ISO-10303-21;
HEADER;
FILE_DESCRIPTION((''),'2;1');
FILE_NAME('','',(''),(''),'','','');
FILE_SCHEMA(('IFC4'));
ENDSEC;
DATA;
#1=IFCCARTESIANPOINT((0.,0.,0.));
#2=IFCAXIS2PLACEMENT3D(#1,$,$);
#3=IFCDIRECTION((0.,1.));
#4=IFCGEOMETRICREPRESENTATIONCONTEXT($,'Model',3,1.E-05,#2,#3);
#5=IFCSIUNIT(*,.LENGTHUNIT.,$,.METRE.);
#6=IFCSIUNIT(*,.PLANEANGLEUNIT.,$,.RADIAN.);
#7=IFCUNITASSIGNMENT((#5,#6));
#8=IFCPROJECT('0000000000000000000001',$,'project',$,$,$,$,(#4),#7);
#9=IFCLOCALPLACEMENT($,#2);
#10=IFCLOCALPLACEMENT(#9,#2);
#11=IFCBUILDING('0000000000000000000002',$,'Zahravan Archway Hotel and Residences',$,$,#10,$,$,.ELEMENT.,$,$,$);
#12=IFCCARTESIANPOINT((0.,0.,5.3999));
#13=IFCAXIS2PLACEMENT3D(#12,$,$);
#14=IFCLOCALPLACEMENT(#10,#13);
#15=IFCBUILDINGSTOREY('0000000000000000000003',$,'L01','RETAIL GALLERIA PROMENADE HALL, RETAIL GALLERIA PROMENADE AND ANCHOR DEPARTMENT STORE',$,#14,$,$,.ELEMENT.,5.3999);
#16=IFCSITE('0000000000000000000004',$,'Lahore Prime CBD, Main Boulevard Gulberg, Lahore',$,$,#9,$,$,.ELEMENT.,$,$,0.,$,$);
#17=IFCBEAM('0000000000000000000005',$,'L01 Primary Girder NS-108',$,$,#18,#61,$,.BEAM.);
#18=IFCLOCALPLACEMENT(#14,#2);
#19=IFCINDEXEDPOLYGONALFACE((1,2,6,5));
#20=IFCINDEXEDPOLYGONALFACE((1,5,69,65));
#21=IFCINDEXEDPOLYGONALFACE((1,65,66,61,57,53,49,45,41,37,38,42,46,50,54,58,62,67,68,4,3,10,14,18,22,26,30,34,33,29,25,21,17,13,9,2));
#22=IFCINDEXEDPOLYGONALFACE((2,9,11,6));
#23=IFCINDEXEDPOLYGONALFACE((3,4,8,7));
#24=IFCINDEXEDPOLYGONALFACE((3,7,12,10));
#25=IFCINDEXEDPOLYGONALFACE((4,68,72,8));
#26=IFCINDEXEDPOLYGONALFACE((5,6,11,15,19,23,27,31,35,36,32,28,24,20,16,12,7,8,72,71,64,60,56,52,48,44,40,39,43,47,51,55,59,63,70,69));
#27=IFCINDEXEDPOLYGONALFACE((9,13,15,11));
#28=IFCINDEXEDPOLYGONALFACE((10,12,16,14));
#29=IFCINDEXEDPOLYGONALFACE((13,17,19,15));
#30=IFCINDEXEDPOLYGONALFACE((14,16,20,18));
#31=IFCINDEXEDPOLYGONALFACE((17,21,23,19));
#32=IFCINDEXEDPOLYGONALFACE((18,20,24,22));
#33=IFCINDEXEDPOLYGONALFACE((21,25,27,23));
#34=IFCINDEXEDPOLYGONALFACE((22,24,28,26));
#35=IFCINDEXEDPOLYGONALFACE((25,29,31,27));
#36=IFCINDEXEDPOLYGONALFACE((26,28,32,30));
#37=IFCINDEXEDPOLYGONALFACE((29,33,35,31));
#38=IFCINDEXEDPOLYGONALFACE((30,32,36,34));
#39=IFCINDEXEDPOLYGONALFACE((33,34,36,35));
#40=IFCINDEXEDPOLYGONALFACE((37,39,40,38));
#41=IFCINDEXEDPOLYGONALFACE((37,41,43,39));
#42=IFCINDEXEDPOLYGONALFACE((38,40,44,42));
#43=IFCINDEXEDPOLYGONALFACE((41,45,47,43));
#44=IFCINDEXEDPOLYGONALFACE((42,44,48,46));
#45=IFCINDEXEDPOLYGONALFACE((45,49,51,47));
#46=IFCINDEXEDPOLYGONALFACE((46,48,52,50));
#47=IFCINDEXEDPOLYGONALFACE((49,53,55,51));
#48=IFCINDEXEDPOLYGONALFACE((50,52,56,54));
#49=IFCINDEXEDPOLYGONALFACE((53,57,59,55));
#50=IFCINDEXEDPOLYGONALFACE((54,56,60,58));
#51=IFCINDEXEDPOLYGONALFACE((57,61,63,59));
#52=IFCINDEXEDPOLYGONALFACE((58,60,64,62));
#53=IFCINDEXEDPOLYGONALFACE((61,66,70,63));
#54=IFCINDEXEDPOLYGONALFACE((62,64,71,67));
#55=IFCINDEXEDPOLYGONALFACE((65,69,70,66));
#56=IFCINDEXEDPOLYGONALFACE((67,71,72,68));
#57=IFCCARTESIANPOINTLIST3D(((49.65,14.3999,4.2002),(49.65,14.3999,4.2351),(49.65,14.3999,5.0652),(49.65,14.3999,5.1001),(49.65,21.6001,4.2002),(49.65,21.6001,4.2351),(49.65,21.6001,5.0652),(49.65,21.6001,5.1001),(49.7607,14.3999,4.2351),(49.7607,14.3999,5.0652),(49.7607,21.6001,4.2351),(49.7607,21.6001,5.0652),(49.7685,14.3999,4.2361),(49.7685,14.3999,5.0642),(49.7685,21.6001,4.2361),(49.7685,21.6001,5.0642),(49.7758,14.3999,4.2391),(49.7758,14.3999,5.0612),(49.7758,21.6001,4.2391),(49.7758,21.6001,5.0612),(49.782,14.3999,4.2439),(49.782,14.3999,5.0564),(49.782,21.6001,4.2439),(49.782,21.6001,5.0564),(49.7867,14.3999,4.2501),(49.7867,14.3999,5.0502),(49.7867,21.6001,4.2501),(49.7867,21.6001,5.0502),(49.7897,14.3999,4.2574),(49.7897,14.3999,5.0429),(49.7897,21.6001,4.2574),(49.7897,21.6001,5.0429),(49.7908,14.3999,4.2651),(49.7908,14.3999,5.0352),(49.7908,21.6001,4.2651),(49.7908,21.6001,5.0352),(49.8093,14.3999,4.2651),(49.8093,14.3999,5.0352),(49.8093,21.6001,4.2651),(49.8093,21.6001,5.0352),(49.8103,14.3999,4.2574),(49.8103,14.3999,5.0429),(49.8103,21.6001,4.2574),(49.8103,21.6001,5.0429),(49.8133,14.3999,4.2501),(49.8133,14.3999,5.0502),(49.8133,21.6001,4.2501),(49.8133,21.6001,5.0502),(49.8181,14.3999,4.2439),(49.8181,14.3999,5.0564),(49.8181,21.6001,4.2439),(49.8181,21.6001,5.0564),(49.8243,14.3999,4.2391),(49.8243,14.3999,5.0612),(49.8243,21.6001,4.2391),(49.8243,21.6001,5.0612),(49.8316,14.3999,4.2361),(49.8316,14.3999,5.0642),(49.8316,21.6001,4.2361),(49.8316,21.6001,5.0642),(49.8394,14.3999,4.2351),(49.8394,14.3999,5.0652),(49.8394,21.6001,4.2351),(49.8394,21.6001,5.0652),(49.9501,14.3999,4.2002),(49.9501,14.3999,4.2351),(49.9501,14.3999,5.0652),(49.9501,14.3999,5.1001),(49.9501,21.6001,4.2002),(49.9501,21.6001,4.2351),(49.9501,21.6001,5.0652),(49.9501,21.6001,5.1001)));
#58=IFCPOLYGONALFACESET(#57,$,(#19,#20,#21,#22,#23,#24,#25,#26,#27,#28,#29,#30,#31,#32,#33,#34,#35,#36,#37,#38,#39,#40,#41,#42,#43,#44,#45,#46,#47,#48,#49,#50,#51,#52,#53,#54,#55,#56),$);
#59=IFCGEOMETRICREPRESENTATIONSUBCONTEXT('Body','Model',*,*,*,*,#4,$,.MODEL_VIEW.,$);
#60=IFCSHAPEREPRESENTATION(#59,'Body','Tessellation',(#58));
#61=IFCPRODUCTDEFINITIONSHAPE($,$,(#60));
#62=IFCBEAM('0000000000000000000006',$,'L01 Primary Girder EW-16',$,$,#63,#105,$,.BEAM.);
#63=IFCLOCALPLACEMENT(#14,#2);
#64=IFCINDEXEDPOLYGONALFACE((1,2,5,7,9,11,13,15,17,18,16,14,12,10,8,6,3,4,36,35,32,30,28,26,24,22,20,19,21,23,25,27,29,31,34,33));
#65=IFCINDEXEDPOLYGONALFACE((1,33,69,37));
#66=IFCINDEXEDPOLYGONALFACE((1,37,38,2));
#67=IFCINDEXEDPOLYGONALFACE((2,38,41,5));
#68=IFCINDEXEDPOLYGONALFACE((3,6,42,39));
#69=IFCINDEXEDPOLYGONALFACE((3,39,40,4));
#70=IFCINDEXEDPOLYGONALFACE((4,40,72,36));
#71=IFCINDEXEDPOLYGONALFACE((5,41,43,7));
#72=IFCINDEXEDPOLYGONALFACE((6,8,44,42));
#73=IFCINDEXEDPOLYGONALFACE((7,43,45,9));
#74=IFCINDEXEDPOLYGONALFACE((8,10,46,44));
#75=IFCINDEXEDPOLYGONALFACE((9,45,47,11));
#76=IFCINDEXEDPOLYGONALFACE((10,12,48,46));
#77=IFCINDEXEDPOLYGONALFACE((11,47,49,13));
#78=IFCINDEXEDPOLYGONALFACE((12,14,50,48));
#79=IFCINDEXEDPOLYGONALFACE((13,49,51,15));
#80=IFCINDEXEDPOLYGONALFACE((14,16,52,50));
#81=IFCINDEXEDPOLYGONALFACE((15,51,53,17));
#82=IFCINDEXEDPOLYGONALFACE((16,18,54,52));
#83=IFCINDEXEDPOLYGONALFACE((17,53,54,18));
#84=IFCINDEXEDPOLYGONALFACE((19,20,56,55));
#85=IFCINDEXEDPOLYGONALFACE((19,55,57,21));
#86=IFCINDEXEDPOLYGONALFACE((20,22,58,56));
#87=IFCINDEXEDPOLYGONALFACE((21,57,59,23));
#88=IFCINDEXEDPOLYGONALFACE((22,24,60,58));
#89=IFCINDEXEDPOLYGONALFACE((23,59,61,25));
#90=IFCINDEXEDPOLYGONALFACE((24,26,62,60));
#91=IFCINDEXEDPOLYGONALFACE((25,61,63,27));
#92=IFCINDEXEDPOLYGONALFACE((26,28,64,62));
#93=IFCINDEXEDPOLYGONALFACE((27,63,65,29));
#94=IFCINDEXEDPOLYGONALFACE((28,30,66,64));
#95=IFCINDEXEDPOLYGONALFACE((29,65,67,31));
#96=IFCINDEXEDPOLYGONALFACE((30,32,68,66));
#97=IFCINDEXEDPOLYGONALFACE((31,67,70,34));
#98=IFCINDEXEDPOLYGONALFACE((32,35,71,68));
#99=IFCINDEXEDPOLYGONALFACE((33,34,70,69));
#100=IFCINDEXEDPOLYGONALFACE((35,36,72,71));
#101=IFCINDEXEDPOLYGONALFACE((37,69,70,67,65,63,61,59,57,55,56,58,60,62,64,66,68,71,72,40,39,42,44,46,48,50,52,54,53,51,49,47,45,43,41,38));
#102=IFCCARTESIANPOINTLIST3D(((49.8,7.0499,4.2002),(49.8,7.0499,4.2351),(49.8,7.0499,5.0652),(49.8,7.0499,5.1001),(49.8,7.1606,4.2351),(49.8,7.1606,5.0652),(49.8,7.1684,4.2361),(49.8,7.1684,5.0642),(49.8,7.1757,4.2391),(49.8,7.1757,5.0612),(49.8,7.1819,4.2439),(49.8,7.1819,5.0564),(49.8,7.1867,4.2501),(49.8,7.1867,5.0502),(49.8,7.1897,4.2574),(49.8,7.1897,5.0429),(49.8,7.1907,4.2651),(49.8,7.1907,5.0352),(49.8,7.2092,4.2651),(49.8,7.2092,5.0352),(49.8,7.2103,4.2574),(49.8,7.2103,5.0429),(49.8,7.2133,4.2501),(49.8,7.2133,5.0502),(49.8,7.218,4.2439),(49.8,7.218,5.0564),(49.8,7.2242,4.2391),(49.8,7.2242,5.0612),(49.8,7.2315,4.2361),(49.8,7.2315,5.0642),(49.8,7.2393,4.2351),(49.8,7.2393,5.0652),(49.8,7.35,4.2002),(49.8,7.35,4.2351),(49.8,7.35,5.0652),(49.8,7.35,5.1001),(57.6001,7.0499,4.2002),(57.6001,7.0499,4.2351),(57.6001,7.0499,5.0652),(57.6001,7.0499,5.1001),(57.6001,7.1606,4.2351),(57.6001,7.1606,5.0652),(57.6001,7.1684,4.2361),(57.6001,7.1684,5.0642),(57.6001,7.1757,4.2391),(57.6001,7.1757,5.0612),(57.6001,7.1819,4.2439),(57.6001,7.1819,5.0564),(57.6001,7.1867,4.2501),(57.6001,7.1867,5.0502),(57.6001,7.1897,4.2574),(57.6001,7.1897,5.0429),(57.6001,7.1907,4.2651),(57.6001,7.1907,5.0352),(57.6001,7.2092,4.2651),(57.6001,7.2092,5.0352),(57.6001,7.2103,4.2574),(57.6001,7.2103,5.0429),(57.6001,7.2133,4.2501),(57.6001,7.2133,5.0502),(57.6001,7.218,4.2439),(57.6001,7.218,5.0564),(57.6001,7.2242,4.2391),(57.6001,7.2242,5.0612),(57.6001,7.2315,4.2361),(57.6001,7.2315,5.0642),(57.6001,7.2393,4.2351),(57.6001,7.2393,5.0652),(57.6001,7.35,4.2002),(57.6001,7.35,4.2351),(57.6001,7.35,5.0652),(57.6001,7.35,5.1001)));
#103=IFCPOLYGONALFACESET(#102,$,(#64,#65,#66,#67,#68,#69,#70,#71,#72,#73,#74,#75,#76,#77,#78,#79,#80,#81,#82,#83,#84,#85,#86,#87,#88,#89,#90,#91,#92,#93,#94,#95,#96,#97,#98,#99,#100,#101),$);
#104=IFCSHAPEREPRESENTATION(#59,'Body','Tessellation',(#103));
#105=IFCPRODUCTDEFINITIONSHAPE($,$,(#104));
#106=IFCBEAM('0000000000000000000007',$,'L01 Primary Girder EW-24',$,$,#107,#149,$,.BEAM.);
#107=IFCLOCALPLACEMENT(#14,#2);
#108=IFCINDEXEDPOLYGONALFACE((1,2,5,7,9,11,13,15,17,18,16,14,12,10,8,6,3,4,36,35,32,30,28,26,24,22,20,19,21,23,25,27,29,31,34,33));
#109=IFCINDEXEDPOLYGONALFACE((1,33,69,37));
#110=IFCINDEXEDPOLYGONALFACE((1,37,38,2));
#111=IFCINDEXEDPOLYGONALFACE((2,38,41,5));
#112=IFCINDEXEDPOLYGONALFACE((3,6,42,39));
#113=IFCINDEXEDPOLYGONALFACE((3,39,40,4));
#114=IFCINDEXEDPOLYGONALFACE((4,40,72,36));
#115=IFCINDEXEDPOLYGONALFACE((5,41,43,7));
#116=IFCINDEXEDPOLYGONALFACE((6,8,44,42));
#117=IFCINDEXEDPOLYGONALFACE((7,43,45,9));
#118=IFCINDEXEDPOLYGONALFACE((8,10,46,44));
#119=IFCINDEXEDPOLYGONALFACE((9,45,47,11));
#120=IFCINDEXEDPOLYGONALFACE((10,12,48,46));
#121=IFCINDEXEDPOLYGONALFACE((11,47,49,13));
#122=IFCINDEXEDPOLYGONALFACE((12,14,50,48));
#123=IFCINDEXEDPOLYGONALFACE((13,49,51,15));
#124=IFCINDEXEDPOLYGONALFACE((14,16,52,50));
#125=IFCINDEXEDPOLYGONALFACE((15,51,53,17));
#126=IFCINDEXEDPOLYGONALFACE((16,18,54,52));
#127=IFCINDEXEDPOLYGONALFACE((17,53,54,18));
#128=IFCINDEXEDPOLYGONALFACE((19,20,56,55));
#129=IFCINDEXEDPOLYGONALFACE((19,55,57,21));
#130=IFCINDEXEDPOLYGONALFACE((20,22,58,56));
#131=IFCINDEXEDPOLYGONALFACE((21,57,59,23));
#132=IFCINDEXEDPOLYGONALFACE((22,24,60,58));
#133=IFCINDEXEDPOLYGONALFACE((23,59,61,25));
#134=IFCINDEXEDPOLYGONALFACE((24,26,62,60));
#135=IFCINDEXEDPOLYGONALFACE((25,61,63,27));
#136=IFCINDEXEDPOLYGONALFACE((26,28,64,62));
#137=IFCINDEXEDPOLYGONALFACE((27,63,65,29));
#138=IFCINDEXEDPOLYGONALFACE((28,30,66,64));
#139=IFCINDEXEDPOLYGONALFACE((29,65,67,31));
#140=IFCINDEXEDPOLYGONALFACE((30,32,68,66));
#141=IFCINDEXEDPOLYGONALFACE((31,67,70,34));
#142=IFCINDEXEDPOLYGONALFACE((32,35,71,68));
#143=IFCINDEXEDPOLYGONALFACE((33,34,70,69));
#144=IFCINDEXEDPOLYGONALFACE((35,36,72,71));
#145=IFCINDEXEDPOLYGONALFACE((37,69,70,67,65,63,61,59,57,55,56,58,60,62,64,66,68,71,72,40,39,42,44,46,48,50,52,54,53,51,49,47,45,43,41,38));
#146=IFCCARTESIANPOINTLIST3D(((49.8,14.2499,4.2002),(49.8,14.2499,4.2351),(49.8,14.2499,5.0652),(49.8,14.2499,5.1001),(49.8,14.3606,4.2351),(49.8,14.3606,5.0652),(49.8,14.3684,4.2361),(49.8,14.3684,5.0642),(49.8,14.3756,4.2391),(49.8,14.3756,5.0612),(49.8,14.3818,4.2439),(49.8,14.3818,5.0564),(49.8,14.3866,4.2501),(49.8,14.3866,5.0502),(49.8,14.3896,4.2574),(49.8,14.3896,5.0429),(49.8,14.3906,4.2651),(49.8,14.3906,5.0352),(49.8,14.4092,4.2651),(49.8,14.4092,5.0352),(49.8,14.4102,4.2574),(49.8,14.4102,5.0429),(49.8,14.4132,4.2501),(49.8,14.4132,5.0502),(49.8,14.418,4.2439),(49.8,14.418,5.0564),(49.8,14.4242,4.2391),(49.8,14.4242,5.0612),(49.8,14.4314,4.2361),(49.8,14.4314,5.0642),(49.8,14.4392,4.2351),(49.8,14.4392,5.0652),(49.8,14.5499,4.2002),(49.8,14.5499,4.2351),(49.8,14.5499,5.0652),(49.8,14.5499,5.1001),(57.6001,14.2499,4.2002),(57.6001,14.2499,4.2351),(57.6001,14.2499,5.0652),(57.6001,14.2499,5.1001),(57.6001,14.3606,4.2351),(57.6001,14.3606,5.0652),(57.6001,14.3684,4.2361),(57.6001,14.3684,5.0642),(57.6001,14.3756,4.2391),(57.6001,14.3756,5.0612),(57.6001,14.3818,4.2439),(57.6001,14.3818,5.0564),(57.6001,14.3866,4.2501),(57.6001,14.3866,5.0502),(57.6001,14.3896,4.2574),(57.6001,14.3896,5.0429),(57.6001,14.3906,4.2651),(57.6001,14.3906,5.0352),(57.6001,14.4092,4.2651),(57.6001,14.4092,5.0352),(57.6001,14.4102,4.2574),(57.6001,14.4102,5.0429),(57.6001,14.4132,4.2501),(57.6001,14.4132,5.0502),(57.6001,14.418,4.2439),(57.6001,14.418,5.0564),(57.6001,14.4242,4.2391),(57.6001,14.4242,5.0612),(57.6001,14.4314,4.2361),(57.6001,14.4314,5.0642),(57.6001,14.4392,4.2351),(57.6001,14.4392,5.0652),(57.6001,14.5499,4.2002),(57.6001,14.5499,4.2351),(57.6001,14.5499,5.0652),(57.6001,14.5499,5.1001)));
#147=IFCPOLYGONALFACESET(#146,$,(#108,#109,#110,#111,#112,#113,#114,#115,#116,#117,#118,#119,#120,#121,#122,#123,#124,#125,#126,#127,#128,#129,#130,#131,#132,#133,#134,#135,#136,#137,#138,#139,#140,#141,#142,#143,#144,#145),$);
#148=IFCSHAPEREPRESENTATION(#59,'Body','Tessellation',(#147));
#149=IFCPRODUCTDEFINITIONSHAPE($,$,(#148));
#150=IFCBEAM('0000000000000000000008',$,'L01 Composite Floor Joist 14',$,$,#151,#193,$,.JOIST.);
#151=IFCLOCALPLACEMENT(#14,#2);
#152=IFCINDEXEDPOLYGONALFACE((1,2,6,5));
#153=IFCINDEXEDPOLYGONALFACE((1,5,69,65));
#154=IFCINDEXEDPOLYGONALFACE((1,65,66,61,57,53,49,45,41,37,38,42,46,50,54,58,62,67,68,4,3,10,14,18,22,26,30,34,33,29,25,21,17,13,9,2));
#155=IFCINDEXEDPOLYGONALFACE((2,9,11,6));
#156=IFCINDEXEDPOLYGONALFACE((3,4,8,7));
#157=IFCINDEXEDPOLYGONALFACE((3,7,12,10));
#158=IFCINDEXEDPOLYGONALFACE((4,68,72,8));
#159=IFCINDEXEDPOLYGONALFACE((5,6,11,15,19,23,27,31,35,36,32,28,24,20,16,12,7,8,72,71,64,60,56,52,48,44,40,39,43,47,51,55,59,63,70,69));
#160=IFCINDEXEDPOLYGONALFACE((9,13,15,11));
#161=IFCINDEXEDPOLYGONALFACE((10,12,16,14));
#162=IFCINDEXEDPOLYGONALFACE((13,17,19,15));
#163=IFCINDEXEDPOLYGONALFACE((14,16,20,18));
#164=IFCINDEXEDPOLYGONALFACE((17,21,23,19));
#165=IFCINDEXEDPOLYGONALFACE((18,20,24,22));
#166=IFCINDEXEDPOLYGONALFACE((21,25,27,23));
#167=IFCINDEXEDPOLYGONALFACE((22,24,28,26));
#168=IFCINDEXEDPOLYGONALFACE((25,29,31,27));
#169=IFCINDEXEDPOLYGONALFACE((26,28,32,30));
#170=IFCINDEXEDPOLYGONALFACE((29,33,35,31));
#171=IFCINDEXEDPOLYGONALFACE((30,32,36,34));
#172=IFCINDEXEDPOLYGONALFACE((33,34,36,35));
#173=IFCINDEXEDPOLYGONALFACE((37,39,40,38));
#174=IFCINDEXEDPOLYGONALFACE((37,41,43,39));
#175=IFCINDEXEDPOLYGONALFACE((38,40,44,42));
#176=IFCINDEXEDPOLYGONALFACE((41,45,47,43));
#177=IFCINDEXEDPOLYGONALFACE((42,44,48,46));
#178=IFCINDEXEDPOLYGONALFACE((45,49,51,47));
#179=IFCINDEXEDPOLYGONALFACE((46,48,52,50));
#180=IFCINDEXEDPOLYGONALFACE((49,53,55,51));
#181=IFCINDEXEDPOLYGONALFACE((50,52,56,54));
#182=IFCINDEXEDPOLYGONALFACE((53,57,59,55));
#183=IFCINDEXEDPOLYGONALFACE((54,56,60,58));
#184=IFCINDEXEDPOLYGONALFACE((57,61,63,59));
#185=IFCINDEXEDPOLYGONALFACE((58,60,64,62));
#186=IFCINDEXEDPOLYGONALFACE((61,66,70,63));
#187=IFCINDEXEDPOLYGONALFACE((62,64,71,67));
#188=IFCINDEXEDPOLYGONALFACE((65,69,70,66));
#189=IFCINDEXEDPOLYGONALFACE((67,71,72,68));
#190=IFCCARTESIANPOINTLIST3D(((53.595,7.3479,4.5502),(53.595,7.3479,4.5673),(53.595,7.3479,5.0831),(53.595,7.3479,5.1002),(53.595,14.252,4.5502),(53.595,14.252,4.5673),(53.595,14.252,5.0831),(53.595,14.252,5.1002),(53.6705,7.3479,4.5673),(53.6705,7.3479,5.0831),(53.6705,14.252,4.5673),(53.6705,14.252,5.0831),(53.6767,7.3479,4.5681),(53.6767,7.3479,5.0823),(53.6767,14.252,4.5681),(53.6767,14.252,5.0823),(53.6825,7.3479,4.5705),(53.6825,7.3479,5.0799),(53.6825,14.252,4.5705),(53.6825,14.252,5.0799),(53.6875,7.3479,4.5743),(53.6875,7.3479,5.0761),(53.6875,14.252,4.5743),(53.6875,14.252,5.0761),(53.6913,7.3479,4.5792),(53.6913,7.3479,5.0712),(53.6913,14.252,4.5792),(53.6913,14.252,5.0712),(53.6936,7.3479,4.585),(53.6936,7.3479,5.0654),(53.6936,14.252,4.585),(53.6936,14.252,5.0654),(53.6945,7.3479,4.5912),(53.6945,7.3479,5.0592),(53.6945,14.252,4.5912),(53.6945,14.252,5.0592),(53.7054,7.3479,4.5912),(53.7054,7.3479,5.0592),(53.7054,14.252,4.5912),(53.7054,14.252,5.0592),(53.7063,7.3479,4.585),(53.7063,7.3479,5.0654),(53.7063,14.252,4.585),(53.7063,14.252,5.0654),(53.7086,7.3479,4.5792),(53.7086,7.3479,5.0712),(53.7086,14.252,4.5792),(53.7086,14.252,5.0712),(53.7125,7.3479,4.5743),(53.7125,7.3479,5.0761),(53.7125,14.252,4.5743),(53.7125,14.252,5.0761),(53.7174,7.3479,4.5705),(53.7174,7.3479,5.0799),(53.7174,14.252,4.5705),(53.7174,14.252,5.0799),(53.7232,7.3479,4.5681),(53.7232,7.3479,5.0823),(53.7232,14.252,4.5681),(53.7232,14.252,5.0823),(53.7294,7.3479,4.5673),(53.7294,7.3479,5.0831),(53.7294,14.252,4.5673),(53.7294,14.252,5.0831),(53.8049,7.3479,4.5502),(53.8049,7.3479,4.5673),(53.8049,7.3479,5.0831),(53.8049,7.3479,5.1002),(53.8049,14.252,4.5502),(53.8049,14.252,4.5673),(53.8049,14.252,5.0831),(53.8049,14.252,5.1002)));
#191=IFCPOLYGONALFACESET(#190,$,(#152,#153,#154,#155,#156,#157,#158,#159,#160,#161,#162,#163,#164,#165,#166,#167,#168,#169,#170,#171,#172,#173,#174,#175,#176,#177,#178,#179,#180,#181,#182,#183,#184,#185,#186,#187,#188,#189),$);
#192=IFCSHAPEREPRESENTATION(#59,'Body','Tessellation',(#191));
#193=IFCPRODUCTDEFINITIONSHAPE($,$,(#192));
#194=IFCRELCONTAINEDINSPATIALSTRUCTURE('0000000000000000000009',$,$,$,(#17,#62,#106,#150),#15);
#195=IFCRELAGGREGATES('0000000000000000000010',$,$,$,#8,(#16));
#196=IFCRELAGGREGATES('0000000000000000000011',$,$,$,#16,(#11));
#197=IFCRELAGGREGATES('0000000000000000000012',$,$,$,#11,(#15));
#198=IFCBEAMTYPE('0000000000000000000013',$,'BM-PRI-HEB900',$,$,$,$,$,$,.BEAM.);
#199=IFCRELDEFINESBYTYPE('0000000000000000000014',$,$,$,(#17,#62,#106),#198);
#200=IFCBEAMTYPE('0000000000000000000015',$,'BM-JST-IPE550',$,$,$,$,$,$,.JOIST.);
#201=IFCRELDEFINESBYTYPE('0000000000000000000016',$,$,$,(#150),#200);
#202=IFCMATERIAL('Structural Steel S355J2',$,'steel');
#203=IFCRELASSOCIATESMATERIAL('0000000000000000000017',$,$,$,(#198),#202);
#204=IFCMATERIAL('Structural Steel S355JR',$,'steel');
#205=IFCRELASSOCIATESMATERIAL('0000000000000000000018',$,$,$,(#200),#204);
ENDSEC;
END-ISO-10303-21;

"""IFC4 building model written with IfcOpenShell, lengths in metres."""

from ifc_helpers import new_model, si_unit, direction, frame, origin, origin_2d, place, context, subcontext, project, spatial, i_section, extrude, source, transform, mapped, material, material_profile, profile_set, type_object, type_shapes, element, save


model = new_model("IFC4")

# Units and contexts
model_context = context("Model", 3, precision=1e-05, world=origin(), true_north=direction((0.0, 1.0)))
body_context = subcontext(model_context, "Body", "Model", "MODEL_VIEW")
ifc_project = project(units=[si_unit("LENGTHUNIT", "METRE"), si_unit("PLANEANGLEUNIT", "RADIAN")], contexts=[model_context])

# Site, building, storey
site_placement = place(None, origin())
site = spatial("IfcSite", under=ifc_project, at=site_placement, Name="Lahore Prime CBD, Main Boulevard Gulberg, Lahore", CompositionType="ELEMENT", RefElevation=0.0)
building_placement = place(site_placement, origin())
building = spatial("IfcBuilding", under=site, at=building_placement, Name="Zahravan Archway Hotel and Residences", CompositionType="ELEMENT")
storey_placement = place(building_placement, frame((0.0, 0.0, 5.3999)))
storey = spatial("IfcBuildingStorey", under=building, at=storey_placement, Name="L01", Description="RETAIL GALLERIA PROMENADE HALL, RETAIL GALLERIA PROMENADE AND ANCHOR DEPARTMENT STORE", CompositionType="ELEMENT", Elevation=5.3999)

# Beams
ifc_material_1 = material(Name="Structural Steel S355J2", Category="steel")
ifc_material_profile_1 = material_profile(ifc_material_1, i_section(OverallWidth=0.3, OverallDepth=0.8999, WebThickness=0.0186, FlangeThickness=0.0349, FilletRadius=0.03, at=origin_2d()), Name="HEB 900", Category="steel")
ifc_profile_set_1 = profile_set([ifc_material_profile_1], Name="Structural Steel S355J2")
beam_type_1 = type_object("IfcBeamType", Name="BM-PRI-HEB900", PredefinedType="BEAM", material=ifc_profile_set_1)
shared_shape_1 = source(origin(), body_context, "Body", "SweptSolid", [
    extrude(i_section(OverallWidth=0.3, OverallDepth=0.8999, WebThickness=0.0186, FlangeThickness=0.0349, FilletRadius=0.03, at=origin_2d()), origin(), (0.0, 0.0, 1.0), 7.2002),
])
beam_1_placement = place(storey_placement, frame((49.8, 14.3999, 4.6501), z_axis=(0.0, 1.0, 0.0), x_axis=(-1.0, 0.0, 0.0)))
element("IfcBeam", 1, at=beam_1_placement, inside=storey, type_object=beam_type_1, Name="L01 Primary Girder NS-108", PredefinedType="BEAM", context=body_context, shape_type="MappedRepresentation", body=[
    mapped(shared_shape_1, transform((0.0, 0.0, 0.0), scale=1.0)),
])
shared_shape_2 = source(origin(), body_context, "Body", "SweptSolid", [
    extrude(i_section(OverallWidth=0.3, OverallDepth=0.8999, WebThickness=0.0186, FlangeThickness=0.0349, FilletRadius=0.03, at=origin_2d()), origin(), (0.0, 0.0, 1.0), 7.8),
])
for number, where, z_axis, x_axis, name in (
    (2, (49.8, 7.2, 4.6501), (1.0, 0.0, 0.0), (0.0, 1.0, 0.0), "L01 Primary Girder EW-16"),
    (3, (49.8, 14.3999, 4.6501), (1.0, 0.0, 0.0), (0.0, 1.0, 0.0), "L01 Primary Girder EW-24"),
):
    element("IfcBeam", number, at=place(storey_placement, frame(where, z_axis=z_axis, x_axis=x_axis)), inside=storey, type_object=beam_type_1, Name=name, PredefinedType="BEAM", context=body_context, shape_type="MappedRepresentation", body=[
        mapped(shared_shape_2, transform((0.0, 0.0, 0.0), scale=1.0)),
    ])
ifc_material_2 = material(Name="Structural Steel S355JR", Category="steel")
ifc_material_profile_2 = material_profile(ifc_material_2, i_section(OverallWidth=0.21, OverallDepth=0.55, WebThickness=0.011, FlangeThickness=0.0171, FilletRadius=0.0239, at=origin_2d()), Name="IPE 550", Category="steel")
ifc_profile_set_2 = profile_set([ifc_material_profile_2], Name="Structural Steel S355JR")
beam_type_2 = type_object("IfcBeamType", Name="BM-JST-IPE550", PredefinedType="JOIST", material=ifc_profile_set_2)
shared_shape_3 = source(origin(), body_context, "Body", "SweptSolid", [
    extrude(i_section(OverallWidth=0.21, OverallDepth=0.55, WebThickness=0.011, FlangeThickness=0.0171, FilletRadius=0.0239, at=origin_2d()), origin(), (0.0, 0.0, 1.0), 6.9041),
])
type_shapes(beam_type_2, [shared_shape_3])
beam_2_placement = place(storey_placement, frame((53.7, 7.3479, 4.8252), z_axis=(0.0, 1.0, 0.0), x_axis=(-1.0, 0.0, 0.0)))
element("IfcBeam", 4, at=beam_2_placement, inside=storey, type_object=beam_type_2, Name="L01 Composite Floor Joist 14", PredefinedType="JOIST", context=body_context, shape_type="MappedRepresentation", body=[
    mapped(shared_shape_3, transform((0.0, 0.0, 0.0), scale=1.0)),
])

save(model, "model.ifc")
